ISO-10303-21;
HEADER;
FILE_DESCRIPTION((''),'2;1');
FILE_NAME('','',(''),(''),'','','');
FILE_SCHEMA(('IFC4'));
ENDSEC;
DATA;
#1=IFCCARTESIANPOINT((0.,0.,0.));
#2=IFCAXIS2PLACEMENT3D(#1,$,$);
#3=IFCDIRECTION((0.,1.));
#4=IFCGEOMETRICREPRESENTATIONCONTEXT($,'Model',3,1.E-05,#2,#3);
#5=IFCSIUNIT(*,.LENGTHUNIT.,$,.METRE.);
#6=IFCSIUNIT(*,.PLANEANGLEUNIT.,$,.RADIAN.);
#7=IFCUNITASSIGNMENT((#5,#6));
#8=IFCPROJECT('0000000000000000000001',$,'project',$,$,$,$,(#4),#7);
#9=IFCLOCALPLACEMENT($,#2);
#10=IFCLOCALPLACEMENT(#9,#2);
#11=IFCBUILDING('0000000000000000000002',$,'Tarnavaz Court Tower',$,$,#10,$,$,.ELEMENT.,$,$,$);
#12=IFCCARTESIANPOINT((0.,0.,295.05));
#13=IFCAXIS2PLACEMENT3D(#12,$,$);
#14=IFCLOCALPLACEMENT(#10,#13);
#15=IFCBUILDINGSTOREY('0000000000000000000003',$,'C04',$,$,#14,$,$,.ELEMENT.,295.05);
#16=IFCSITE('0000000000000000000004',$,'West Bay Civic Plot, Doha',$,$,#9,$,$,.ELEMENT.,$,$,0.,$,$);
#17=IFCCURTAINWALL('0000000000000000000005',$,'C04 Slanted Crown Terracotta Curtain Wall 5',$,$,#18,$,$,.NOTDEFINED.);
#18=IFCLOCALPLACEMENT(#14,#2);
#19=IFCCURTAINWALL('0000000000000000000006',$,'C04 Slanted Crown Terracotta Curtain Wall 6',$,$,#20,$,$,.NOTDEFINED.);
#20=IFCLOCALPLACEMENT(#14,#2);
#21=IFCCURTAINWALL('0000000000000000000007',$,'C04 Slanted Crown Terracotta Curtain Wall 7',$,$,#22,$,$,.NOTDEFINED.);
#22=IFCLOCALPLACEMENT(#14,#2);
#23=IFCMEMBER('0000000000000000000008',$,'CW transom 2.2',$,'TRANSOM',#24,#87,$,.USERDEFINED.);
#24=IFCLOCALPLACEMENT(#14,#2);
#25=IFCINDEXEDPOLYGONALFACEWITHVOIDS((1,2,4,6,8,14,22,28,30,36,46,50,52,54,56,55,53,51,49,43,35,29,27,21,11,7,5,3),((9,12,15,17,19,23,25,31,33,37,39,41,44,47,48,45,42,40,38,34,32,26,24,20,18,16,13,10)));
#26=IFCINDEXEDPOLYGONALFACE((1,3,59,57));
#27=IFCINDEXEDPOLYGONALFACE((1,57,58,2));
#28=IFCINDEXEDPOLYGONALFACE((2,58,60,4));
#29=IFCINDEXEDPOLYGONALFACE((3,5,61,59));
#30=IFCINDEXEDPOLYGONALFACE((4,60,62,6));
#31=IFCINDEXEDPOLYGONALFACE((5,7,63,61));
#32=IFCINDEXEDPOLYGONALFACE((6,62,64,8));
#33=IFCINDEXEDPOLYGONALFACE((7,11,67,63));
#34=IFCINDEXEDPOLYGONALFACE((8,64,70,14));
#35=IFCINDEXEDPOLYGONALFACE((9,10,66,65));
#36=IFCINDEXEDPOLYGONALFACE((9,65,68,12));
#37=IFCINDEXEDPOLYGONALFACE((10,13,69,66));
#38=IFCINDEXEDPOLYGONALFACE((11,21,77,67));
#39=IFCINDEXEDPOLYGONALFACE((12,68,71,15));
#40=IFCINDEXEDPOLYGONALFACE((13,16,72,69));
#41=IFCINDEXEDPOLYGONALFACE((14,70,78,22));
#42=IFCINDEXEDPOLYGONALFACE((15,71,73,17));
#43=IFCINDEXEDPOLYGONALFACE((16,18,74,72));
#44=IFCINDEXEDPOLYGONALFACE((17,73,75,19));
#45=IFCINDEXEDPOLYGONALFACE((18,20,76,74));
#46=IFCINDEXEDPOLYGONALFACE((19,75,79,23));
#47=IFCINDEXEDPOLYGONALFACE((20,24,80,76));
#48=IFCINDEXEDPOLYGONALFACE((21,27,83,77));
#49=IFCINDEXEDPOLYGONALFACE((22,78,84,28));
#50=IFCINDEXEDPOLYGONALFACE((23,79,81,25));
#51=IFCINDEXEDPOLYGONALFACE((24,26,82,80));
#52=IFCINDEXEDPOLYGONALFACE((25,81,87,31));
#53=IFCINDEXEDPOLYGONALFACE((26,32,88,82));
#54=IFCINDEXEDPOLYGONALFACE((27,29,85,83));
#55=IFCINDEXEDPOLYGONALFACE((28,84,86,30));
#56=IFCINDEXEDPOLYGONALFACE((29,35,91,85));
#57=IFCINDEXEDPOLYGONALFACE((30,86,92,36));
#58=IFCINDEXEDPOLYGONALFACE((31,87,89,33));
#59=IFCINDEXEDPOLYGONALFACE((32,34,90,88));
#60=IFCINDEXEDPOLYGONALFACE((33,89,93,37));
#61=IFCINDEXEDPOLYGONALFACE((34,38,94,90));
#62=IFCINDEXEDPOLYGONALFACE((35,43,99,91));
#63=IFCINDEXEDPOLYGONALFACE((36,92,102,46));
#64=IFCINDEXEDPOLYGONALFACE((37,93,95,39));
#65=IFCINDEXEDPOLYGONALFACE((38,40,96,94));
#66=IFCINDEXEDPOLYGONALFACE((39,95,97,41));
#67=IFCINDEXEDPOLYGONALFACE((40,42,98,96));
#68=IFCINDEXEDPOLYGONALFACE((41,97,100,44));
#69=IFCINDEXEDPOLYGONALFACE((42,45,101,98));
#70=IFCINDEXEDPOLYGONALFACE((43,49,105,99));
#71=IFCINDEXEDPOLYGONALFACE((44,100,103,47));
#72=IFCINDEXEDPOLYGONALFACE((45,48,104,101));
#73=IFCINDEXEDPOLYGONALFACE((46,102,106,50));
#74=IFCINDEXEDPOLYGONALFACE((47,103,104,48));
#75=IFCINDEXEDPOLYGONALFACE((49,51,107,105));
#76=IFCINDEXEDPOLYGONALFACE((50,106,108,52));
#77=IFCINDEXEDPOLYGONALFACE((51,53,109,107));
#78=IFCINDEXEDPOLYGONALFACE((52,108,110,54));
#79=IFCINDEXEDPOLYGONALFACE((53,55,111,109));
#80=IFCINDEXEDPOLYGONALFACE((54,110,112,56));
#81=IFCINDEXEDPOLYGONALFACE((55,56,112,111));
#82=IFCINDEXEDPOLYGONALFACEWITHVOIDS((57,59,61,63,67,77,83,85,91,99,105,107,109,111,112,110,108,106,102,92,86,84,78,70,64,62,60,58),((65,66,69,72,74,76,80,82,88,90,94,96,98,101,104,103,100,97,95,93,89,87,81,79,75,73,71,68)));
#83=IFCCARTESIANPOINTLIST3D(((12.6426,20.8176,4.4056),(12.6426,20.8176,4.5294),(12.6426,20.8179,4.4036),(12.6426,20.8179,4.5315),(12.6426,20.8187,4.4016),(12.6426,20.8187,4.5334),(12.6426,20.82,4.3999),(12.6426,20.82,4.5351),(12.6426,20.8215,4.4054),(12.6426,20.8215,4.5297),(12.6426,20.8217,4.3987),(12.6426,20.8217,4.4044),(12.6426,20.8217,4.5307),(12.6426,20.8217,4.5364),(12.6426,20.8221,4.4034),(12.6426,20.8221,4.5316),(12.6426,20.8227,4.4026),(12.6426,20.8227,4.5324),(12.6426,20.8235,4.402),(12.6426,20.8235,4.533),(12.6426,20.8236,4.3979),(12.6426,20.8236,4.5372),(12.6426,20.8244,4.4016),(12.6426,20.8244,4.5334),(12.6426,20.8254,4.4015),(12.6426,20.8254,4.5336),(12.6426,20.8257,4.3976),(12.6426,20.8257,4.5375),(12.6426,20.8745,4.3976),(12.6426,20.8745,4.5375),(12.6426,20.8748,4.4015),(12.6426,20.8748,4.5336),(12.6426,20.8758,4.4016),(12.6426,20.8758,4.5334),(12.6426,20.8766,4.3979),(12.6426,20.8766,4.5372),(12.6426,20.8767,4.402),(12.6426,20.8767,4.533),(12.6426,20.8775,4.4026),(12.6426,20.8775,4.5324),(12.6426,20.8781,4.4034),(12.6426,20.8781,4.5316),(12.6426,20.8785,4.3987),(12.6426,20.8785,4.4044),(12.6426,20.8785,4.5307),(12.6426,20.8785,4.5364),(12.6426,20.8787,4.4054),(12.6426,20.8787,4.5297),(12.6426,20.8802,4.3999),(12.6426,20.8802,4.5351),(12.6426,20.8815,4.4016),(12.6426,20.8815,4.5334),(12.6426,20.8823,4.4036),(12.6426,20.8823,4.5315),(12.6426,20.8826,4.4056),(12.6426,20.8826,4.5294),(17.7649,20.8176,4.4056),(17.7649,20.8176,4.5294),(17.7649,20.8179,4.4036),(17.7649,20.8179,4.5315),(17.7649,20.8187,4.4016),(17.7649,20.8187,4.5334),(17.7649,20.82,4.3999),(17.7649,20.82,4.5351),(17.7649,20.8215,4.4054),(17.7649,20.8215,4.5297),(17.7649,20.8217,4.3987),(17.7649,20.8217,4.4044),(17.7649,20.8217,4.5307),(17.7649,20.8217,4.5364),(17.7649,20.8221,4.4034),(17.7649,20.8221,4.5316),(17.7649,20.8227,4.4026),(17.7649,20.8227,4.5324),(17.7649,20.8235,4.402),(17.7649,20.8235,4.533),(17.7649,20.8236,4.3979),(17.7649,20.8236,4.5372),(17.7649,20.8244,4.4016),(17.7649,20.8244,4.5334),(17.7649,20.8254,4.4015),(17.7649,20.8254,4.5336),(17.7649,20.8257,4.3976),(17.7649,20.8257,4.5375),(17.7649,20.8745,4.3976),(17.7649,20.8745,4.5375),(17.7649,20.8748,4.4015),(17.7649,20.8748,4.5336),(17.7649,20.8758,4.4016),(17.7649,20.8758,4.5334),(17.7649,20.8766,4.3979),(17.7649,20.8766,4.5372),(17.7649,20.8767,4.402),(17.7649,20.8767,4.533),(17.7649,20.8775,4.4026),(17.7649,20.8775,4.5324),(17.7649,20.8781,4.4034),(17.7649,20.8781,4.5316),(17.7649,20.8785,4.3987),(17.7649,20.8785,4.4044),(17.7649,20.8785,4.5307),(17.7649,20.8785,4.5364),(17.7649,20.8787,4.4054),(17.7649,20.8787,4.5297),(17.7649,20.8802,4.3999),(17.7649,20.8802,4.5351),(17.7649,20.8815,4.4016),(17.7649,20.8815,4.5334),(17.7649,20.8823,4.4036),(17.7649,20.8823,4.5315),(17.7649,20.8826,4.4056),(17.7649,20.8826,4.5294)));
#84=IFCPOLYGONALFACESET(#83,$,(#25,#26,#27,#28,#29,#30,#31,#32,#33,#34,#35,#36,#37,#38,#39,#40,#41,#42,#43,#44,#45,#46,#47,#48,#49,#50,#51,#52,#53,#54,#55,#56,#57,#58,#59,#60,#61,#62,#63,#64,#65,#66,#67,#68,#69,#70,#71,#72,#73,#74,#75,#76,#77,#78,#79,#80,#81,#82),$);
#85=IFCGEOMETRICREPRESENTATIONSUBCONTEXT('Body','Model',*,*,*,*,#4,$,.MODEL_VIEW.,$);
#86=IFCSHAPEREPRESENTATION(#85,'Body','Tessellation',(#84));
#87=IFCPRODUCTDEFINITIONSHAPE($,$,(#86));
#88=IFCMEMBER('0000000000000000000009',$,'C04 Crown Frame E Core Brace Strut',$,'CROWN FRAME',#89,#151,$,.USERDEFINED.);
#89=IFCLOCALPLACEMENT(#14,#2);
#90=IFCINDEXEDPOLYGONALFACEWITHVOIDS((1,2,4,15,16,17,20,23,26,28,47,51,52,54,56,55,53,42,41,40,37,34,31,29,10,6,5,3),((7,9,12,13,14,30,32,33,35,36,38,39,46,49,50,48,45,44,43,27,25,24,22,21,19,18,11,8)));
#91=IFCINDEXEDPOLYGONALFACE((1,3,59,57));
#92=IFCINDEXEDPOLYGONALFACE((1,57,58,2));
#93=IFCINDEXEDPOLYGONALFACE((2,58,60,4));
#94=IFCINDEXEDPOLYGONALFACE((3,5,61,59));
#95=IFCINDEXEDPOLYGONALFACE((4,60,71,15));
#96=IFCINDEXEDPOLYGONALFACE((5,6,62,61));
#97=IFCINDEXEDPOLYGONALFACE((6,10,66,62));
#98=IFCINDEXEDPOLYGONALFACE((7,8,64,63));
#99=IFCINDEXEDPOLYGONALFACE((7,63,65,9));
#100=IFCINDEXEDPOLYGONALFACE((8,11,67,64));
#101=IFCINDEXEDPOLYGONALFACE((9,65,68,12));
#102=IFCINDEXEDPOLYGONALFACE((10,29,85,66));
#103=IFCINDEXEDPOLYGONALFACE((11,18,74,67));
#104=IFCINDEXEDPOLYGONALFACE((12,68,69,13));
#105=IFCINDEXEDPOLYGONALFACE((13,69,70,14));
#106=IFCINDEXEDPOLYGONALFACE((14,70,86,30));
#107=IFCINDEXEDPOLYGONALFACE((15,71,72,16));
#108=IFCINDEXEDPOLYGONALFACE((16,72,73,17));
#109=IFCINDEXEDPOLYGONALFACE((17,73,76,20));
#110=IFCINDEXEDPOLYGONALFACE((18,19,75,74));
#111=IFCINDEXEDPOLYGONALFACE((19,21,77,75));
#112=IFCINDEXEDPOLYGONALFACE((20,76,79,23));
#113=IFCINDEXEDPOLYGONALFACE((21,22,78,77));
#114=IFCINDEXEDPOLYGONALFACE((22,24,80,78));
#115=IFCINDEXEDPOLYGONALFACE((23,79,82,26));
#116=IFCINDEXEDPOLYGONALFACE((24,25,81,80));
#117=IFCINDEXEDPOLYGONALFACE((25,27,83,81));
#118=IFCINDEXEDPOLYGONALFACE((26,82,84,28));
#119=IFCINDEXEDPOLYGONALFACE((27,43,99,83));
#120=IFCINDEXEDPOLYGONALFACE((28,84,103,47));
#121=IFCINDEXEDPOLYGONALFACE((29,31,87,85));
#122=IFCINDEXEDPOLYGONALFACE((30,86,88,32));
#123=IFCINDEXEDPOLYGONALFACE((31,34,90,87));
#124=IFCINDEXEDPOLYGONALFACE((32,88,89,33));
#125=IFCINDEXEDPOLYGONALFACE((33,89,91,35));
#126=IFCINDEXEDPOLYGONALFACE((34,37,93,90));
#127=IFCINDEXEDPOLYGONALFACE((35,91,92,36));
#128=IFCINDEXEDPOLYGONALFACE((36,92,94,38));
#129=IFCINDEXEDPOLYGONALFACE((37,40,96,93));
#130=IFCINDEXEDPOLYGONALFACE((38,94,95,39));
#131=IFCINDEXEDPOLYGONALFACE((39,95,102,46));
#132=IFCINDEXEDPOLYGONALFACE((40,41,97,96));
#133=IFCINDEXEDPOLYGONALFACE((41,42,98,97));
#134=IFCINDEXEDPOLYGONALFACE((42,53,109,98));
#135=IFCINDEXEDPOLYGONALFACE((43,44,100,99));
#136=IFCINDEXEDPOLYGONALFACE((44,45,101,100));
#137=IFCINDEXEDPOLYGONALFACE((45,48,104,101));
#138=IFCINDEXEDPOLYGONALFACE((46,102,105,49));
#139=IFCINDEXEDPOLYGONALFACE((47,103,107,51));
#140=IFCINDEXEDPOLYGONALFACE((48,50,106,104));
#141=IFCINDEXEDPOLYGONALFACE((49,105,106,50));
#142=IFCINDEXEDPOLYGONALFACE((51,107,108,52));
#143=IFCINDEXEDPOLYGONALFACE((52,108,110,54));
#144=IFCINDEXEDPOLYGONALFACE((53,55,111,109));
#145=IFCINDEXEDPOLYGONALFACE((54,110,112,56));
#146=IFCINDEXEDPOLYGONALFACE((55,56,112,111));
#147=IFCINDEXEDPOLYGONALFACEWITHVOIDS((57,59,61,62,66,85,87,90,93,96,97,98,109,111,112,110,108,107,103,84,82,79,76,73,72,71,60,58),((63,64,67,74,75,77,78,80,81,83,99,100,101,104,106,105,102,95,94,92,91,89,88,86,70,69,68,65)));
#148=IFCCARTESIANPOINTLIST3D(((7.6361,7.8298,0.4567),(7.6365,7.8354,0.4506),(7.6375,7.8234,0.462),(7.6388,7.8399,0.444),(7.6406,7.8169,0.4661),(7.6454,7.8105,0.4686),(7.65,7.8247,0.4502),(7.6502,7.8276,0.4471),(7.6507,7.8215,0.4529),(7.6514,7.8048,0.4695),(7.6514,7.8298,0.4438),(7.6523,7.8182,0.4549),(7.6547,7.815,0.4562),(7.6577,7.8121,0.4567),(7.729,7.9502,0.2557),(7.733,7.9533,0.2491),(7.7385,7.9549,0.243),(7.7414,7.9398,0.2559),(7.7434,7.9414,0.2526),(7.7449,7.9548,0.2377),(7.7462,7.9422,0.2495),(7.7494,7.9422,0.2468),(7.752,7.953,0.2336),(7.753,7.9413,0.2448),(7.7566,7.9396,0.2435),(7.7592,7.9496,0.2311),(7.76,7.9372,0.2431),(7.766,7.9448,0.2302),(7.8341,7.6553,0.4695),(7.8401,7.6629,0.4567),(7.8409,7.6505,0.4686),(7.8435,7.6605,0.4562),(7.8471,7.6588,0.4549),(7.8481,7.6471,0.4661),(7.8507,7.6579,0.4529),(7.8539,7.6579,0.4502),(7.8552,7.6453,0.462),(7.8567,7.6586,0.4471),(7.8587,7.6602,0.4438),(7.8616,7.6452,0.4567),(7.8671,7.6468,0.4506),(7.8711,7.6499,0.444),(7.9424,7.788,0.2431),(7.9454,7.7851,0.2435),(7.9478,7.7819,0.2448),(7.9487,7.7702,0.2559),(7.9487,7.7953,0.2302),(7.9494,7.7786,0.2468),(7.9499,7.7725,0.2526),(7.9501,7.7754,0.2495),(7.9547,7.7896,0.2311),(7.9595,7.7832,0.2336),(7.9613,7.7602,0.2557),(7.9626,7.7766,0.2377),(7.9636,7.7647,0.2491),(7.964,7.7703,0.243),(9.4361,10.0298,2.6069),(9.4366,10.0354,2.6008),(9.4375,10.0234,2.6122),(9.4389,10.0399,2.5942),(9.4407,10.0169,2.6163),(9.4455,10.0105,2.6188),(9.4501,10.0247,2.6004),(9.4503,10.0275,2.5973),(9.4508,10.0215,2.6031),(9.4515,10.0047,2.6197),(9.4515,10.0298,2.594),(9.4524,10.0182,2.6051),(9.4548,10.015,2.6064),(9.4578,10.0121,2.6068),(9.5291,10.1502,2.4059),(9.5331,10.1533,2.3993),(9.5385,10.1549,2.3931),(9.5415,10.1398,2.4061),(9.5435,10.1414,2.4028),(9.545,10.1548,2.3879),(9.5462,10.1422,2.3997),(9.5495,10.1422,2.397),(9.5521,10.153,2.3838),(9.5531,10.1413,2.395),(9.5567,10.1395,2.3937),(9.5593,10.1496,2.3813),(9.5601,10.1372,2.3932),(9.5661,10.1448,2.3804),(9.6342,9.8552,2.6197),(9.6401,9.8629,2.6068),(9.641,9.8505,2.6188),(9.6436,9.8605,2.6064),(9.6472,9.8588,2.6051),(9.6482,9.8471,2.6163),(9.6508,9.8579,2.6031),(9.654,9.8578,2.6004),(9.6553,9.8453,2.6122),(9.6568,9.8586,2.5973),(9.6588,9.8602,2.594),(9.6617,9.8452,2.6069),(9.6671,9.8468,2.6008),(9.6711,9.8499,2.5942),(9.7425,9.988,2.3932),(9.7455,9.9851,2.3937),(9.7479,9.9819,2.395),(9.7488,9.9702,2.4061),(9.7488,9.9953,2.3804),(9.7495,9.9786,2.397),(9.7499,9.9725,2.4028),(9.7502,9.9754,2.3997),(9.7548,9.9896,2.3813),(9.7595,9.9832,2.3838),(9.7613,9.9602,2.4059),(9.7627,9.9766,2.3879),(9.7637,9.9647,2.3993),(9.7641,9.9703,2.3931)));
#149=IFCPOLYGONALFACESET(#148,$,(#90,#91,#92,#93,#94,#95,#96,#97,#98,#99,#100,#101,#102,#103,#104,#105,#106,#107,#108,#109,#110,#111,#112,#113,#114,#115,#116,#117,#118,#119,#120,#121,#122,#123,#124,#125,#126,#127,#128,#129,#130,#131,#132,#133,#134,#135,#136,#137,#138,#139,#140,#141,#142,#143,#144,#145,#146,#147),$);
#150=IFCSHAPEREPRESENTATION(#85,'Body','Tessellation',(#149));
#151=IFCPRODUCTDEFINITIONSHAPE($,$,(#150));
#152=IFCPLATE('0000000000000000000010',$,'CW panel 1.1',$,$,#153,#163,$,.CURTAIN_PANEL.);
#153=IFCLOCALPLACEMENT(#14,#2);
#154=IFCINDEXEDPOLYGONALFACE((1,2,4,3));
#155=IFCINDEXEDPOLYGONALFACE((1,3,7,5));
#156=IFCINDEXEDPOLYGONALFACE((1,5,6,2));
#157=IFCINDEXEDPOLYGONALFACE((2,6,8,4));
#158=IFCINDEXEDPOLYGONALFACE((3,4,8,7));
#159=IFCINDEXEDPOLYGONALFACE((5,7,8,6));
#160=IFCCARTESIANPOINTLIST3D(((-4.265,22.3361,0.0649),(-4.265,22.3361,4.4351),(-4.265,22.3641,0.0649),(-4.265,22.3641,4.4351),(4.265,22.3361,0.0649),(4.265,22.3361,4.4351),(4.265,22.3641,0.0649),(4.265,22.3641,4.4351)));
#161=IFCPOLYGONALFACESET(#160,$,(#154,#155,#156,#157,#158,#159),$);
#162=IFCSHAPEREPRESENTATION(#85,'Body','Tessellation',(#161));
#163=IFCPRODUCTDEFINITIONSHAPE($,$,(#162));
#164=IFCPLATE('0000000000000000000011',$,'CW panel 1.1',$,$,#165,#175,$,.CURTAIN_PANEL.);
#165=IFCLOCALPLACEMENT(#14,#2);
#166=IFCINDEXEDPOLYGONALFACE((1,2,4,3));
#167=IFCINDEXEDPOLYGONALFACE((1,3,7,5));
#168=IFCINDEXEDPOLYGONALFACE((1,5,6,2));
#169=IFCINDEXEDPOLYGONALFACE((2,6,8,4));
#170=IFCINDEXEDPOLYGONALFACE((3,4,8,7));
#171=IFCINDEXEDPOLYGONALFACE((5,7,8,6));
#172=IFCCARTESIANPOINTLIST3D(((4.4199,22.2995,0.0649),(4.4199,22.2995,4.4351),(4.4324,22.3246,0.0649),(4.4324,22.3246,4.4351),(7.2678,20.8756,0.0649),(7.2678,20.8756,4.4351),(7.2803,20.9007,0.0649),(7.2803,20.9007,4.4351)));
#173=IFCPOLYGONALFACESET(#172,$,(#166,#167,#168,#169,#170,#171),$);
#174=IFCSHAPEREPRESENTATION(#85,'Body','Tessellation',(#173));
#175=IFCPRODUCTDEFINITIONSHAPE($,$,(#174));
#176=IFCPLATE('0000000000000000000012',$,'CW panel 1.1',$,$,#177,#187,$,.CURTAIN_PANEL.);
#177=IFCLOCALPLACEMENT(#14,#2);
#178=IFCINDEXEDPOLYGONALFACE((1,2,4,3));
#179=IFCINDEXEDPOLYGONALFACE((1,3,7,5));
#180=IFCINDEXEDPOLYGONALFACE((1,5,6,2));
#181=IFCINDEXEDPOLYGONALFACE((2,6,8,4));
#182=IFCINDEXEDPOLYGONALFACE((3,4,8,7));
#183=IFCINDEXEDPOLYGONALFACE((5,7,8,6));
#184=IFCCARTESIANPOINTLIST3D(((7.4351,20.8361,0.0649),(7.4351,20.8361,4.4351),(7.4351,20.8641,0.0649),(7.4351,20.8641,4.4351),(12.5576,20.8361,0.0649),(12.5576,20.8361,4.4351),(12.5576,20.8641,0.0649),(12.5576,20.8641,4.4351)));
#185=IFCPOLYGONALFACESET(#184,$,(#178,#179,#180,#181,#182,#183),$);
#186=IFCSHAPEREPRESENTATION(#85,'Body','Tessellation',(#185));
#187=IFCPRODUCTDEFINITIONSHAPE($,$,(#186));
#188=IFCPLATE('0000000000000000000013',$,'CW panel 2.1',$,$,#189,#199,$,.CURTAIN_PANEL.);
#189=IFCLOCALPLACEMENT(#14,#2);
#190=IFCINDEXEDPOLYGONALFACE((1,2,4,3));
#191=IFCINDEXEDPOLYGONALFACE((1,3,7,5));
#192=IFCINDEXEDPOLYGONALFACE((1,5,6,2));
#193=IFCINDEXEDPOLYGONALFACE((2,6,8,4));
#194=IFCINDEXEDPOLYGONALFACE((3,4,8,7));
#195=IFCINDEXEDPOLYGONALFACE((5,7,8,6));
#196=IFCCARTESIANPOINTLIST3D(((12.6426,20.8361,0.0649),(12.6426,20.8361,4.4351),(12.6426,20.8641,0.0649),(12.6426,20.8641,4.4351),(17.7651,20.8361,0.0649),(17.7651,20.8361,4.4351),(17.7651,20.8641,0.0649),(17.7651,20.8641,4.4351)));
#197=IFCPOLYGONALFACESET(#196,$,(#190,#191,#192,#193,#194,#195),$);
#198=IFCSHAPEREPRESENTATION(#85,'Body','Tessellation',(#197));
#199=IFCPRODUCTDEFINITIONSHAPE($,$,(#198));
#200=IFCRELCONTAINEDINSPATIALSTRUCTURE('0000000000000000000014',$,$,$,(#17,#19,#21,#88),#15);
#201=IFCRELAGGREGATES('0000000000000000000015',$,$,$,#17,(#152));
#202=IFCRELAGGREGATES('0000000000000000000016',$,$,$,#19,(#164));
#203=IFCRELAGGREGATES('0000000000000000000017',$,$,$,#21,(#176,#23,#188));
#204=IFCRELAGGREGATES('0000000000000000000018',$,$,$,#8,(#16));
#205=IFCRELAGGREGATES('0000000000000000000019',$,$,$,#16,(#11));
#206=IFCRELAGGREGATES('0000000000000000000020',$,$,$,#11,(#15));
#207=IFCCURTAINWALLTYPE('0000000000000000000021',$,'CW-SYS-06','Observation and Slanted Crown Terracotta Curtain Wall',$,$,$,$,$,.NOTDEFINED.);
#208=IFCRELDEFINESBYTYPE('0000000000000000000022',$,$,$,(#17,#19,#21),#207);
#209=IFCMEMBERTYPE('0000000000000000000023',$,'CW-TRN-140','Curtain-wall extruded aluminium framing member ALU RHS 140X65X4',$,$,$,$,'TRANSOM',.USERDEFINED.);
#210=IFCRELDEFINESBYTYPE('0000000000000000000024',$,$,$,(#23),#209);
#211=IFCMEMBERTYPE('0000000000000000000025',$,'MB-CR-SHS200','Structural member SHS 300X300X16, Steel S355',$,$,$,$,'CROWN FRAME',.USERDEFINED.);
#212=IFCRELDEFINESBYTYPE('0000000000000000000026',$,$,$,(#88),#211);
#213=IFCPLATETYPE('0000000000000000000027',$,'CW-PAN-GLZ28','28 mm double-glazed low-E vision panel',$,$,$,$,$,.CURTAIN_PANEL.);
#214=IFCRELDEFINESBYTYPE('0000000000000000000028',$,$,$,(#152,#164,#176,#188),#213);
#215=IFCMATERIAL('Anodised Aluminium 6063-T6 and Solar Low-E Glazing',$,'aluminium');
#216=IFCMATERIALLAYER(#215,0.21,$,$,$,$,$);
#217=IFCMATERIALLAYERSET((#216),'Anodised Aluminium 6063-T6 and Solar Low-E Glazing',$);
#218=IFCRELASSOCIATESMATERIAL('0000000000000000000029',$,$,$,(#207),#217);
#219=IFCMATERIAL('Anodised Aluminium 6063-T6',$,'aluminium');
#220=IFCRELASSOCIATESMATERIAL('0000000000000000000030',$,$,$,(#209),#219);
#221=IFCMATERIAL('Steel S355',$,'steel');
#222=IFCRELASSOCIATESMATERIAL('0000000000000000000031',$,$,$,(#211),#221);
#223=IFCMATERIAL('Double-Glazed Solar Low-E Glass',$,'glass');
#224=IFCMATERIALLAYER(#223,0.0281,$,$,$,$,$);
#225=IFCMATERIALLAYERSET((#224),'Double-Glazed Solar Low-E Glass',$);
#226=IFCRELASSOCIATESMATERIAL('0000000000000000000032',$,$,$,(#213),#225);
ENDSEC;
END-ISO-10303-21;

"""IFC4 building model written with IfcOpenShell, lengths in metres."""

from ifc_helpers import new_model, si_unit, direction, frame, origin, origin_2d, place, context, subcontext, project, spatial, rectangle, hollow_rectangle, extrude, material, layer, layer_set, material_profile, profile_set, type_object, element, aggregate, save


model = new_model("IFC4")

# Units and contexts
model_context = context("Model", 3, precision=1e-05, world=origin(), true_north=direction((0.0, 1.0)))
body_context = subcontext(model_context, "Body", "Model", "MODEL_VIEW")
ifc_project = project(units=[si_unit("LENGTHUNIT", "METRE"), si_unit("PLANEANGLEUNIT", "RADIAN")], contexts=[model_context])

# Site, building, storey
site_placement = place(None, origin())
site = spatial("IfcSite", under=ifc_project, at=site_placement, Name="West Bay Civic Plot, Doha", CompositionType="ELEMENT", RefElevation=0.0)
building_placement = place(site_placement, origin())
building = spatial("IfcBuilding", under=site, at=building_placement, Name="Tarnavaz Court Tower", CompositionType="ELEMENT")
storey_placement = place(building_placement, frame((0.0, 0.0, 295.05)))
storey = spatial("IfcBuildingStorey", under=building, at=storey_placement, Name="C04", CompositionType="ELEMENT", Elevation=295.05)

# Shared definitions
ifc_material_1 = material(Name="Steel S355", Category="steel")

# Curtain wall
ifc_material_2 = material(Name="Anodised Aluminium 6063-T6 and Solar Low-E Glazing", Category="aluminium")
ifc_layer_1 = layer(ifc_material_2, 0.21)
ifc_layer_set_1 = layer_set([ifc_layer_1], Name="Anodised Aluminium 6063-T6 and Solar Low-E Glazing")
curtain_wall_type = type_object("IfcCurtainWallType", Name="CW-SYS-06", Description="Observation and Slanted Crown Terracotta Curtain Wall", PredefinedType="NOTDEFINED", material=ifc_layer_set_1)
curtain_wall_1_placement = place(storey_placement, origin())
curtain_wall_1 = element("IfcCurtainWall", 1, at=curtain_wall_1_placement, inside=storey, type_object=curtain_wall_type, Name="C04 Slanted Crown Terracotta Curtain Wall 5", PredefinedType="NOTDEFINED")
ifc_material_3 = material(Name="Anodised Aluminium 6063-T6", Category="aluminium")

# Curtain walls
curtain_wall_2_placement = place(storey_placement, origin())
curtain_wall_2 = element("IfcCurtainWall", 2, at=curtain_wall_2_placement, inside=storey, type_object=curtain_wall_type, Name="C04 Slanted Crown Terracotta Curtain Wall 6", PredefinedType="NOTDEFINED")
curtain_wall_3_placement = place(storey_placement, origin())
curtain_wall_3 = element("IfcCurtainWall", 3, at=curtain_wall_3_placement, inside=storey, type_object=curtain_wall_type, Name="C04 Slanted Crown Terracotta Curtain Wall 7", PredefinedType="NOTDEFINED")

# Members
ifc_material_profile_1 = material_profile(ifc_material_3, hollow_rectangle(XDim=0.0649, YDim=0.1399, WallThickness=0.0039, InnerFilletRadius=0.0039, OuterFilletRadius=0.0081, at=origin_2d()), Name="ALU RHS 140X65X4")
ifc_profile_set_1 = profile_set([ifc_material_profile_1], Name="Anodised Aluminium 6063-T6")
member_type_1 = type_object("IfcMemberType", Name="CW-TRN-140", Description="Curtain-wall extruded aluminium framing member ALU RHS 140X65X4", ElementType="TRANSOM", PredefinedType="USERDEFINED", material=ifc_profile_set_1)
member_1_placement = place(storey_placement, frame((12.6426, 20.8501, 4.4675), z_axis=(1.0, 0.0, 0.0), x_axis=(0.0, 1.0, 0.0)))
member_1 = element("IfcMember", 4, at=member_1_placement, type_object=member_type_1, Name="CW transom 2.2", ObjectType="TRANSOM", PredefinedType="USERDEFINED", context=body_context, shape_type="SweptSolid", body=[
    extrude(hollow_rectangle(XDim=0.0649, YDim=0.1399, WallThickness=0.0039, InnerFilletRadius=0.0039, OuterFilletRadius=0.0081, at=origin_2d()), origin(), (0.0, 0.0, 1.0), 5.1223),
])
ifc_material_profile_2 = material_profile(ifc_material_1, hollow_rectangle(XDim=0.3, YDim=0.3, WallThickness=0.0161, InnerFilletRadius=0.0161, OuterFilletRadius=0.032, at=origin_2d()), Name="SHS 300X300X16")
ifc_profile_set_2 = profile_set([ifc_material_profile_2], Name="Steel S355")
member_type_2 = type_object("IfcMemberType", Name="MB-CR-SHS200", Description="Structural member SHS 300X300X16, Steel S355", ElementType="CROWN FRAME", PredefinedType="USERDEFINED", material=ifc_profile_set_2)
member_2_placement = place(storey_placement, frame((7.8, 7.8, 0.3499), z_axis=(0.505044, 0.617246, 0.603272), x_axis=(-0.773942, 0.633256, 0.0)))
element("IfcMember", 5, at=member_2_placement, inside=storey, type_object=member_type_2, Name="C04 Crown Frame E Core Brace Strut", ObjectType="CROWN FRAME", PredefinedType="USERDEFINED", context=body_context, shape_type="SweptSolid", body=[
    extrude(hollow_rectangle(XDim=0.3, YDim=0.3, WallThickness=0.0161, InnerFilletRadius=0.0161, OuterFilletRadius=0.032, at=origin_2d()), origin(), (0.0, 0.0, 1.0), 3.5642),
])

# Plates
ifc_material_4 = material(Name="Double-Glazed Solar Low-E Glass", Category="glass")
ifc_layer_2 = layer(ifc_material_4, 0.0281)
ifc_layer_set_2 = layer_set([ifc_layer_2], Name="Double-Glazed Solar Low-E Glass")
plate_type_1 = type_object("IfcPlateType", Name="CW-PAN-GLZ28", Description="28 mm double-glazed low-E vision panel", PredefinedType="CURTAIN_PANEL", material=ifc_layer_set_2)
plate_1_placement = place(storey_placement, frame((0.0, 22.3501, 0.0649), z_axis=(0.0, 0.0, 1.0), x_axis=(1.0, 0.0, 0.0)))
plate_1 = element("IfcPlate", 6, at=plate_1_placement, type_object=plate_type_1, Name="CW panel 1.1", PredefinedType="CURTAIN_PANEL", context=body_context, shape_type="SweptSolid", body=[
    extrude(rectangle(XDim=8.53, YDim=0.0281, at=origin_2d()), origin(), (0.0, 0.0, 1.0), 4.3701),
])
aggregate(curtain_wall_1, [plate_1])
plate_2_placement = place(storey_placement, frame((5.8501, 21.6001, 0.0649), z_axis=(0.0, 0.0, 1.0), x_axis=(0.894427, -0.447214, 0.0)))
plate_2 = element("IfcPlate", 7, at=plate_2_placement, type_object=plate_type_1, Name="CW panel 1.1", PredefinedType="CURTAIN_PANEL", context=body_context, shape_type="SweptSolid", body=[
    extrude(rectangle(XDim=3.1841, YDim=0.0281, at=origin_2d()), origin(), (0.0, 0.0, 1.0), 4.3701),
])
aggregate(curtain_wall_2, [plate_2])
plate_3_placement = place(storey_placement, frame((9.9963, 20.8501, 0.0649), z_axis=(0.0, 0.0, 1.0), x_axis=(1.0, 0.0, 0.0)))
plate_3 = element("IfcPlate", 8, at=plate_3_placement, type_object=plate_type_1, Name="CW panel 1.1", PredefinedType="CURTAIN_PANEL", context=body_context, shape_type="SweptSolid", body=[
    extrude(rectangle(XDim=5.1226, YDim=0.0281, at=origin_2d()), origin(), (0.0, 0.0, 1.0), 4.3701),
])
plate_4_placement = place(storey_placement, frame((15.2039, 20.8501, 0.0649), z_axis=(0.0, 0.0, 1.0), x_axis=(1.0, 0.0, 0.0)))
plate_4 = element("IfcPlate", 9, at=plate_4_placement, type_object=plate_type_1, Name="CW panel 2.1", PredefinedType="CURTAIN_PANEL", context=body_context, shape_type="SweptSolid", body=[
    extrude(rectangle(XDim=5.1226, YDim=0.0281, at=origin_2d()), origin(), (0.0, 0.0, 1.0), 4.3701),
])
aggregate(curtain_wall_3, [plate_3, member_1, plate_4])

save(model, "model.ifc")
